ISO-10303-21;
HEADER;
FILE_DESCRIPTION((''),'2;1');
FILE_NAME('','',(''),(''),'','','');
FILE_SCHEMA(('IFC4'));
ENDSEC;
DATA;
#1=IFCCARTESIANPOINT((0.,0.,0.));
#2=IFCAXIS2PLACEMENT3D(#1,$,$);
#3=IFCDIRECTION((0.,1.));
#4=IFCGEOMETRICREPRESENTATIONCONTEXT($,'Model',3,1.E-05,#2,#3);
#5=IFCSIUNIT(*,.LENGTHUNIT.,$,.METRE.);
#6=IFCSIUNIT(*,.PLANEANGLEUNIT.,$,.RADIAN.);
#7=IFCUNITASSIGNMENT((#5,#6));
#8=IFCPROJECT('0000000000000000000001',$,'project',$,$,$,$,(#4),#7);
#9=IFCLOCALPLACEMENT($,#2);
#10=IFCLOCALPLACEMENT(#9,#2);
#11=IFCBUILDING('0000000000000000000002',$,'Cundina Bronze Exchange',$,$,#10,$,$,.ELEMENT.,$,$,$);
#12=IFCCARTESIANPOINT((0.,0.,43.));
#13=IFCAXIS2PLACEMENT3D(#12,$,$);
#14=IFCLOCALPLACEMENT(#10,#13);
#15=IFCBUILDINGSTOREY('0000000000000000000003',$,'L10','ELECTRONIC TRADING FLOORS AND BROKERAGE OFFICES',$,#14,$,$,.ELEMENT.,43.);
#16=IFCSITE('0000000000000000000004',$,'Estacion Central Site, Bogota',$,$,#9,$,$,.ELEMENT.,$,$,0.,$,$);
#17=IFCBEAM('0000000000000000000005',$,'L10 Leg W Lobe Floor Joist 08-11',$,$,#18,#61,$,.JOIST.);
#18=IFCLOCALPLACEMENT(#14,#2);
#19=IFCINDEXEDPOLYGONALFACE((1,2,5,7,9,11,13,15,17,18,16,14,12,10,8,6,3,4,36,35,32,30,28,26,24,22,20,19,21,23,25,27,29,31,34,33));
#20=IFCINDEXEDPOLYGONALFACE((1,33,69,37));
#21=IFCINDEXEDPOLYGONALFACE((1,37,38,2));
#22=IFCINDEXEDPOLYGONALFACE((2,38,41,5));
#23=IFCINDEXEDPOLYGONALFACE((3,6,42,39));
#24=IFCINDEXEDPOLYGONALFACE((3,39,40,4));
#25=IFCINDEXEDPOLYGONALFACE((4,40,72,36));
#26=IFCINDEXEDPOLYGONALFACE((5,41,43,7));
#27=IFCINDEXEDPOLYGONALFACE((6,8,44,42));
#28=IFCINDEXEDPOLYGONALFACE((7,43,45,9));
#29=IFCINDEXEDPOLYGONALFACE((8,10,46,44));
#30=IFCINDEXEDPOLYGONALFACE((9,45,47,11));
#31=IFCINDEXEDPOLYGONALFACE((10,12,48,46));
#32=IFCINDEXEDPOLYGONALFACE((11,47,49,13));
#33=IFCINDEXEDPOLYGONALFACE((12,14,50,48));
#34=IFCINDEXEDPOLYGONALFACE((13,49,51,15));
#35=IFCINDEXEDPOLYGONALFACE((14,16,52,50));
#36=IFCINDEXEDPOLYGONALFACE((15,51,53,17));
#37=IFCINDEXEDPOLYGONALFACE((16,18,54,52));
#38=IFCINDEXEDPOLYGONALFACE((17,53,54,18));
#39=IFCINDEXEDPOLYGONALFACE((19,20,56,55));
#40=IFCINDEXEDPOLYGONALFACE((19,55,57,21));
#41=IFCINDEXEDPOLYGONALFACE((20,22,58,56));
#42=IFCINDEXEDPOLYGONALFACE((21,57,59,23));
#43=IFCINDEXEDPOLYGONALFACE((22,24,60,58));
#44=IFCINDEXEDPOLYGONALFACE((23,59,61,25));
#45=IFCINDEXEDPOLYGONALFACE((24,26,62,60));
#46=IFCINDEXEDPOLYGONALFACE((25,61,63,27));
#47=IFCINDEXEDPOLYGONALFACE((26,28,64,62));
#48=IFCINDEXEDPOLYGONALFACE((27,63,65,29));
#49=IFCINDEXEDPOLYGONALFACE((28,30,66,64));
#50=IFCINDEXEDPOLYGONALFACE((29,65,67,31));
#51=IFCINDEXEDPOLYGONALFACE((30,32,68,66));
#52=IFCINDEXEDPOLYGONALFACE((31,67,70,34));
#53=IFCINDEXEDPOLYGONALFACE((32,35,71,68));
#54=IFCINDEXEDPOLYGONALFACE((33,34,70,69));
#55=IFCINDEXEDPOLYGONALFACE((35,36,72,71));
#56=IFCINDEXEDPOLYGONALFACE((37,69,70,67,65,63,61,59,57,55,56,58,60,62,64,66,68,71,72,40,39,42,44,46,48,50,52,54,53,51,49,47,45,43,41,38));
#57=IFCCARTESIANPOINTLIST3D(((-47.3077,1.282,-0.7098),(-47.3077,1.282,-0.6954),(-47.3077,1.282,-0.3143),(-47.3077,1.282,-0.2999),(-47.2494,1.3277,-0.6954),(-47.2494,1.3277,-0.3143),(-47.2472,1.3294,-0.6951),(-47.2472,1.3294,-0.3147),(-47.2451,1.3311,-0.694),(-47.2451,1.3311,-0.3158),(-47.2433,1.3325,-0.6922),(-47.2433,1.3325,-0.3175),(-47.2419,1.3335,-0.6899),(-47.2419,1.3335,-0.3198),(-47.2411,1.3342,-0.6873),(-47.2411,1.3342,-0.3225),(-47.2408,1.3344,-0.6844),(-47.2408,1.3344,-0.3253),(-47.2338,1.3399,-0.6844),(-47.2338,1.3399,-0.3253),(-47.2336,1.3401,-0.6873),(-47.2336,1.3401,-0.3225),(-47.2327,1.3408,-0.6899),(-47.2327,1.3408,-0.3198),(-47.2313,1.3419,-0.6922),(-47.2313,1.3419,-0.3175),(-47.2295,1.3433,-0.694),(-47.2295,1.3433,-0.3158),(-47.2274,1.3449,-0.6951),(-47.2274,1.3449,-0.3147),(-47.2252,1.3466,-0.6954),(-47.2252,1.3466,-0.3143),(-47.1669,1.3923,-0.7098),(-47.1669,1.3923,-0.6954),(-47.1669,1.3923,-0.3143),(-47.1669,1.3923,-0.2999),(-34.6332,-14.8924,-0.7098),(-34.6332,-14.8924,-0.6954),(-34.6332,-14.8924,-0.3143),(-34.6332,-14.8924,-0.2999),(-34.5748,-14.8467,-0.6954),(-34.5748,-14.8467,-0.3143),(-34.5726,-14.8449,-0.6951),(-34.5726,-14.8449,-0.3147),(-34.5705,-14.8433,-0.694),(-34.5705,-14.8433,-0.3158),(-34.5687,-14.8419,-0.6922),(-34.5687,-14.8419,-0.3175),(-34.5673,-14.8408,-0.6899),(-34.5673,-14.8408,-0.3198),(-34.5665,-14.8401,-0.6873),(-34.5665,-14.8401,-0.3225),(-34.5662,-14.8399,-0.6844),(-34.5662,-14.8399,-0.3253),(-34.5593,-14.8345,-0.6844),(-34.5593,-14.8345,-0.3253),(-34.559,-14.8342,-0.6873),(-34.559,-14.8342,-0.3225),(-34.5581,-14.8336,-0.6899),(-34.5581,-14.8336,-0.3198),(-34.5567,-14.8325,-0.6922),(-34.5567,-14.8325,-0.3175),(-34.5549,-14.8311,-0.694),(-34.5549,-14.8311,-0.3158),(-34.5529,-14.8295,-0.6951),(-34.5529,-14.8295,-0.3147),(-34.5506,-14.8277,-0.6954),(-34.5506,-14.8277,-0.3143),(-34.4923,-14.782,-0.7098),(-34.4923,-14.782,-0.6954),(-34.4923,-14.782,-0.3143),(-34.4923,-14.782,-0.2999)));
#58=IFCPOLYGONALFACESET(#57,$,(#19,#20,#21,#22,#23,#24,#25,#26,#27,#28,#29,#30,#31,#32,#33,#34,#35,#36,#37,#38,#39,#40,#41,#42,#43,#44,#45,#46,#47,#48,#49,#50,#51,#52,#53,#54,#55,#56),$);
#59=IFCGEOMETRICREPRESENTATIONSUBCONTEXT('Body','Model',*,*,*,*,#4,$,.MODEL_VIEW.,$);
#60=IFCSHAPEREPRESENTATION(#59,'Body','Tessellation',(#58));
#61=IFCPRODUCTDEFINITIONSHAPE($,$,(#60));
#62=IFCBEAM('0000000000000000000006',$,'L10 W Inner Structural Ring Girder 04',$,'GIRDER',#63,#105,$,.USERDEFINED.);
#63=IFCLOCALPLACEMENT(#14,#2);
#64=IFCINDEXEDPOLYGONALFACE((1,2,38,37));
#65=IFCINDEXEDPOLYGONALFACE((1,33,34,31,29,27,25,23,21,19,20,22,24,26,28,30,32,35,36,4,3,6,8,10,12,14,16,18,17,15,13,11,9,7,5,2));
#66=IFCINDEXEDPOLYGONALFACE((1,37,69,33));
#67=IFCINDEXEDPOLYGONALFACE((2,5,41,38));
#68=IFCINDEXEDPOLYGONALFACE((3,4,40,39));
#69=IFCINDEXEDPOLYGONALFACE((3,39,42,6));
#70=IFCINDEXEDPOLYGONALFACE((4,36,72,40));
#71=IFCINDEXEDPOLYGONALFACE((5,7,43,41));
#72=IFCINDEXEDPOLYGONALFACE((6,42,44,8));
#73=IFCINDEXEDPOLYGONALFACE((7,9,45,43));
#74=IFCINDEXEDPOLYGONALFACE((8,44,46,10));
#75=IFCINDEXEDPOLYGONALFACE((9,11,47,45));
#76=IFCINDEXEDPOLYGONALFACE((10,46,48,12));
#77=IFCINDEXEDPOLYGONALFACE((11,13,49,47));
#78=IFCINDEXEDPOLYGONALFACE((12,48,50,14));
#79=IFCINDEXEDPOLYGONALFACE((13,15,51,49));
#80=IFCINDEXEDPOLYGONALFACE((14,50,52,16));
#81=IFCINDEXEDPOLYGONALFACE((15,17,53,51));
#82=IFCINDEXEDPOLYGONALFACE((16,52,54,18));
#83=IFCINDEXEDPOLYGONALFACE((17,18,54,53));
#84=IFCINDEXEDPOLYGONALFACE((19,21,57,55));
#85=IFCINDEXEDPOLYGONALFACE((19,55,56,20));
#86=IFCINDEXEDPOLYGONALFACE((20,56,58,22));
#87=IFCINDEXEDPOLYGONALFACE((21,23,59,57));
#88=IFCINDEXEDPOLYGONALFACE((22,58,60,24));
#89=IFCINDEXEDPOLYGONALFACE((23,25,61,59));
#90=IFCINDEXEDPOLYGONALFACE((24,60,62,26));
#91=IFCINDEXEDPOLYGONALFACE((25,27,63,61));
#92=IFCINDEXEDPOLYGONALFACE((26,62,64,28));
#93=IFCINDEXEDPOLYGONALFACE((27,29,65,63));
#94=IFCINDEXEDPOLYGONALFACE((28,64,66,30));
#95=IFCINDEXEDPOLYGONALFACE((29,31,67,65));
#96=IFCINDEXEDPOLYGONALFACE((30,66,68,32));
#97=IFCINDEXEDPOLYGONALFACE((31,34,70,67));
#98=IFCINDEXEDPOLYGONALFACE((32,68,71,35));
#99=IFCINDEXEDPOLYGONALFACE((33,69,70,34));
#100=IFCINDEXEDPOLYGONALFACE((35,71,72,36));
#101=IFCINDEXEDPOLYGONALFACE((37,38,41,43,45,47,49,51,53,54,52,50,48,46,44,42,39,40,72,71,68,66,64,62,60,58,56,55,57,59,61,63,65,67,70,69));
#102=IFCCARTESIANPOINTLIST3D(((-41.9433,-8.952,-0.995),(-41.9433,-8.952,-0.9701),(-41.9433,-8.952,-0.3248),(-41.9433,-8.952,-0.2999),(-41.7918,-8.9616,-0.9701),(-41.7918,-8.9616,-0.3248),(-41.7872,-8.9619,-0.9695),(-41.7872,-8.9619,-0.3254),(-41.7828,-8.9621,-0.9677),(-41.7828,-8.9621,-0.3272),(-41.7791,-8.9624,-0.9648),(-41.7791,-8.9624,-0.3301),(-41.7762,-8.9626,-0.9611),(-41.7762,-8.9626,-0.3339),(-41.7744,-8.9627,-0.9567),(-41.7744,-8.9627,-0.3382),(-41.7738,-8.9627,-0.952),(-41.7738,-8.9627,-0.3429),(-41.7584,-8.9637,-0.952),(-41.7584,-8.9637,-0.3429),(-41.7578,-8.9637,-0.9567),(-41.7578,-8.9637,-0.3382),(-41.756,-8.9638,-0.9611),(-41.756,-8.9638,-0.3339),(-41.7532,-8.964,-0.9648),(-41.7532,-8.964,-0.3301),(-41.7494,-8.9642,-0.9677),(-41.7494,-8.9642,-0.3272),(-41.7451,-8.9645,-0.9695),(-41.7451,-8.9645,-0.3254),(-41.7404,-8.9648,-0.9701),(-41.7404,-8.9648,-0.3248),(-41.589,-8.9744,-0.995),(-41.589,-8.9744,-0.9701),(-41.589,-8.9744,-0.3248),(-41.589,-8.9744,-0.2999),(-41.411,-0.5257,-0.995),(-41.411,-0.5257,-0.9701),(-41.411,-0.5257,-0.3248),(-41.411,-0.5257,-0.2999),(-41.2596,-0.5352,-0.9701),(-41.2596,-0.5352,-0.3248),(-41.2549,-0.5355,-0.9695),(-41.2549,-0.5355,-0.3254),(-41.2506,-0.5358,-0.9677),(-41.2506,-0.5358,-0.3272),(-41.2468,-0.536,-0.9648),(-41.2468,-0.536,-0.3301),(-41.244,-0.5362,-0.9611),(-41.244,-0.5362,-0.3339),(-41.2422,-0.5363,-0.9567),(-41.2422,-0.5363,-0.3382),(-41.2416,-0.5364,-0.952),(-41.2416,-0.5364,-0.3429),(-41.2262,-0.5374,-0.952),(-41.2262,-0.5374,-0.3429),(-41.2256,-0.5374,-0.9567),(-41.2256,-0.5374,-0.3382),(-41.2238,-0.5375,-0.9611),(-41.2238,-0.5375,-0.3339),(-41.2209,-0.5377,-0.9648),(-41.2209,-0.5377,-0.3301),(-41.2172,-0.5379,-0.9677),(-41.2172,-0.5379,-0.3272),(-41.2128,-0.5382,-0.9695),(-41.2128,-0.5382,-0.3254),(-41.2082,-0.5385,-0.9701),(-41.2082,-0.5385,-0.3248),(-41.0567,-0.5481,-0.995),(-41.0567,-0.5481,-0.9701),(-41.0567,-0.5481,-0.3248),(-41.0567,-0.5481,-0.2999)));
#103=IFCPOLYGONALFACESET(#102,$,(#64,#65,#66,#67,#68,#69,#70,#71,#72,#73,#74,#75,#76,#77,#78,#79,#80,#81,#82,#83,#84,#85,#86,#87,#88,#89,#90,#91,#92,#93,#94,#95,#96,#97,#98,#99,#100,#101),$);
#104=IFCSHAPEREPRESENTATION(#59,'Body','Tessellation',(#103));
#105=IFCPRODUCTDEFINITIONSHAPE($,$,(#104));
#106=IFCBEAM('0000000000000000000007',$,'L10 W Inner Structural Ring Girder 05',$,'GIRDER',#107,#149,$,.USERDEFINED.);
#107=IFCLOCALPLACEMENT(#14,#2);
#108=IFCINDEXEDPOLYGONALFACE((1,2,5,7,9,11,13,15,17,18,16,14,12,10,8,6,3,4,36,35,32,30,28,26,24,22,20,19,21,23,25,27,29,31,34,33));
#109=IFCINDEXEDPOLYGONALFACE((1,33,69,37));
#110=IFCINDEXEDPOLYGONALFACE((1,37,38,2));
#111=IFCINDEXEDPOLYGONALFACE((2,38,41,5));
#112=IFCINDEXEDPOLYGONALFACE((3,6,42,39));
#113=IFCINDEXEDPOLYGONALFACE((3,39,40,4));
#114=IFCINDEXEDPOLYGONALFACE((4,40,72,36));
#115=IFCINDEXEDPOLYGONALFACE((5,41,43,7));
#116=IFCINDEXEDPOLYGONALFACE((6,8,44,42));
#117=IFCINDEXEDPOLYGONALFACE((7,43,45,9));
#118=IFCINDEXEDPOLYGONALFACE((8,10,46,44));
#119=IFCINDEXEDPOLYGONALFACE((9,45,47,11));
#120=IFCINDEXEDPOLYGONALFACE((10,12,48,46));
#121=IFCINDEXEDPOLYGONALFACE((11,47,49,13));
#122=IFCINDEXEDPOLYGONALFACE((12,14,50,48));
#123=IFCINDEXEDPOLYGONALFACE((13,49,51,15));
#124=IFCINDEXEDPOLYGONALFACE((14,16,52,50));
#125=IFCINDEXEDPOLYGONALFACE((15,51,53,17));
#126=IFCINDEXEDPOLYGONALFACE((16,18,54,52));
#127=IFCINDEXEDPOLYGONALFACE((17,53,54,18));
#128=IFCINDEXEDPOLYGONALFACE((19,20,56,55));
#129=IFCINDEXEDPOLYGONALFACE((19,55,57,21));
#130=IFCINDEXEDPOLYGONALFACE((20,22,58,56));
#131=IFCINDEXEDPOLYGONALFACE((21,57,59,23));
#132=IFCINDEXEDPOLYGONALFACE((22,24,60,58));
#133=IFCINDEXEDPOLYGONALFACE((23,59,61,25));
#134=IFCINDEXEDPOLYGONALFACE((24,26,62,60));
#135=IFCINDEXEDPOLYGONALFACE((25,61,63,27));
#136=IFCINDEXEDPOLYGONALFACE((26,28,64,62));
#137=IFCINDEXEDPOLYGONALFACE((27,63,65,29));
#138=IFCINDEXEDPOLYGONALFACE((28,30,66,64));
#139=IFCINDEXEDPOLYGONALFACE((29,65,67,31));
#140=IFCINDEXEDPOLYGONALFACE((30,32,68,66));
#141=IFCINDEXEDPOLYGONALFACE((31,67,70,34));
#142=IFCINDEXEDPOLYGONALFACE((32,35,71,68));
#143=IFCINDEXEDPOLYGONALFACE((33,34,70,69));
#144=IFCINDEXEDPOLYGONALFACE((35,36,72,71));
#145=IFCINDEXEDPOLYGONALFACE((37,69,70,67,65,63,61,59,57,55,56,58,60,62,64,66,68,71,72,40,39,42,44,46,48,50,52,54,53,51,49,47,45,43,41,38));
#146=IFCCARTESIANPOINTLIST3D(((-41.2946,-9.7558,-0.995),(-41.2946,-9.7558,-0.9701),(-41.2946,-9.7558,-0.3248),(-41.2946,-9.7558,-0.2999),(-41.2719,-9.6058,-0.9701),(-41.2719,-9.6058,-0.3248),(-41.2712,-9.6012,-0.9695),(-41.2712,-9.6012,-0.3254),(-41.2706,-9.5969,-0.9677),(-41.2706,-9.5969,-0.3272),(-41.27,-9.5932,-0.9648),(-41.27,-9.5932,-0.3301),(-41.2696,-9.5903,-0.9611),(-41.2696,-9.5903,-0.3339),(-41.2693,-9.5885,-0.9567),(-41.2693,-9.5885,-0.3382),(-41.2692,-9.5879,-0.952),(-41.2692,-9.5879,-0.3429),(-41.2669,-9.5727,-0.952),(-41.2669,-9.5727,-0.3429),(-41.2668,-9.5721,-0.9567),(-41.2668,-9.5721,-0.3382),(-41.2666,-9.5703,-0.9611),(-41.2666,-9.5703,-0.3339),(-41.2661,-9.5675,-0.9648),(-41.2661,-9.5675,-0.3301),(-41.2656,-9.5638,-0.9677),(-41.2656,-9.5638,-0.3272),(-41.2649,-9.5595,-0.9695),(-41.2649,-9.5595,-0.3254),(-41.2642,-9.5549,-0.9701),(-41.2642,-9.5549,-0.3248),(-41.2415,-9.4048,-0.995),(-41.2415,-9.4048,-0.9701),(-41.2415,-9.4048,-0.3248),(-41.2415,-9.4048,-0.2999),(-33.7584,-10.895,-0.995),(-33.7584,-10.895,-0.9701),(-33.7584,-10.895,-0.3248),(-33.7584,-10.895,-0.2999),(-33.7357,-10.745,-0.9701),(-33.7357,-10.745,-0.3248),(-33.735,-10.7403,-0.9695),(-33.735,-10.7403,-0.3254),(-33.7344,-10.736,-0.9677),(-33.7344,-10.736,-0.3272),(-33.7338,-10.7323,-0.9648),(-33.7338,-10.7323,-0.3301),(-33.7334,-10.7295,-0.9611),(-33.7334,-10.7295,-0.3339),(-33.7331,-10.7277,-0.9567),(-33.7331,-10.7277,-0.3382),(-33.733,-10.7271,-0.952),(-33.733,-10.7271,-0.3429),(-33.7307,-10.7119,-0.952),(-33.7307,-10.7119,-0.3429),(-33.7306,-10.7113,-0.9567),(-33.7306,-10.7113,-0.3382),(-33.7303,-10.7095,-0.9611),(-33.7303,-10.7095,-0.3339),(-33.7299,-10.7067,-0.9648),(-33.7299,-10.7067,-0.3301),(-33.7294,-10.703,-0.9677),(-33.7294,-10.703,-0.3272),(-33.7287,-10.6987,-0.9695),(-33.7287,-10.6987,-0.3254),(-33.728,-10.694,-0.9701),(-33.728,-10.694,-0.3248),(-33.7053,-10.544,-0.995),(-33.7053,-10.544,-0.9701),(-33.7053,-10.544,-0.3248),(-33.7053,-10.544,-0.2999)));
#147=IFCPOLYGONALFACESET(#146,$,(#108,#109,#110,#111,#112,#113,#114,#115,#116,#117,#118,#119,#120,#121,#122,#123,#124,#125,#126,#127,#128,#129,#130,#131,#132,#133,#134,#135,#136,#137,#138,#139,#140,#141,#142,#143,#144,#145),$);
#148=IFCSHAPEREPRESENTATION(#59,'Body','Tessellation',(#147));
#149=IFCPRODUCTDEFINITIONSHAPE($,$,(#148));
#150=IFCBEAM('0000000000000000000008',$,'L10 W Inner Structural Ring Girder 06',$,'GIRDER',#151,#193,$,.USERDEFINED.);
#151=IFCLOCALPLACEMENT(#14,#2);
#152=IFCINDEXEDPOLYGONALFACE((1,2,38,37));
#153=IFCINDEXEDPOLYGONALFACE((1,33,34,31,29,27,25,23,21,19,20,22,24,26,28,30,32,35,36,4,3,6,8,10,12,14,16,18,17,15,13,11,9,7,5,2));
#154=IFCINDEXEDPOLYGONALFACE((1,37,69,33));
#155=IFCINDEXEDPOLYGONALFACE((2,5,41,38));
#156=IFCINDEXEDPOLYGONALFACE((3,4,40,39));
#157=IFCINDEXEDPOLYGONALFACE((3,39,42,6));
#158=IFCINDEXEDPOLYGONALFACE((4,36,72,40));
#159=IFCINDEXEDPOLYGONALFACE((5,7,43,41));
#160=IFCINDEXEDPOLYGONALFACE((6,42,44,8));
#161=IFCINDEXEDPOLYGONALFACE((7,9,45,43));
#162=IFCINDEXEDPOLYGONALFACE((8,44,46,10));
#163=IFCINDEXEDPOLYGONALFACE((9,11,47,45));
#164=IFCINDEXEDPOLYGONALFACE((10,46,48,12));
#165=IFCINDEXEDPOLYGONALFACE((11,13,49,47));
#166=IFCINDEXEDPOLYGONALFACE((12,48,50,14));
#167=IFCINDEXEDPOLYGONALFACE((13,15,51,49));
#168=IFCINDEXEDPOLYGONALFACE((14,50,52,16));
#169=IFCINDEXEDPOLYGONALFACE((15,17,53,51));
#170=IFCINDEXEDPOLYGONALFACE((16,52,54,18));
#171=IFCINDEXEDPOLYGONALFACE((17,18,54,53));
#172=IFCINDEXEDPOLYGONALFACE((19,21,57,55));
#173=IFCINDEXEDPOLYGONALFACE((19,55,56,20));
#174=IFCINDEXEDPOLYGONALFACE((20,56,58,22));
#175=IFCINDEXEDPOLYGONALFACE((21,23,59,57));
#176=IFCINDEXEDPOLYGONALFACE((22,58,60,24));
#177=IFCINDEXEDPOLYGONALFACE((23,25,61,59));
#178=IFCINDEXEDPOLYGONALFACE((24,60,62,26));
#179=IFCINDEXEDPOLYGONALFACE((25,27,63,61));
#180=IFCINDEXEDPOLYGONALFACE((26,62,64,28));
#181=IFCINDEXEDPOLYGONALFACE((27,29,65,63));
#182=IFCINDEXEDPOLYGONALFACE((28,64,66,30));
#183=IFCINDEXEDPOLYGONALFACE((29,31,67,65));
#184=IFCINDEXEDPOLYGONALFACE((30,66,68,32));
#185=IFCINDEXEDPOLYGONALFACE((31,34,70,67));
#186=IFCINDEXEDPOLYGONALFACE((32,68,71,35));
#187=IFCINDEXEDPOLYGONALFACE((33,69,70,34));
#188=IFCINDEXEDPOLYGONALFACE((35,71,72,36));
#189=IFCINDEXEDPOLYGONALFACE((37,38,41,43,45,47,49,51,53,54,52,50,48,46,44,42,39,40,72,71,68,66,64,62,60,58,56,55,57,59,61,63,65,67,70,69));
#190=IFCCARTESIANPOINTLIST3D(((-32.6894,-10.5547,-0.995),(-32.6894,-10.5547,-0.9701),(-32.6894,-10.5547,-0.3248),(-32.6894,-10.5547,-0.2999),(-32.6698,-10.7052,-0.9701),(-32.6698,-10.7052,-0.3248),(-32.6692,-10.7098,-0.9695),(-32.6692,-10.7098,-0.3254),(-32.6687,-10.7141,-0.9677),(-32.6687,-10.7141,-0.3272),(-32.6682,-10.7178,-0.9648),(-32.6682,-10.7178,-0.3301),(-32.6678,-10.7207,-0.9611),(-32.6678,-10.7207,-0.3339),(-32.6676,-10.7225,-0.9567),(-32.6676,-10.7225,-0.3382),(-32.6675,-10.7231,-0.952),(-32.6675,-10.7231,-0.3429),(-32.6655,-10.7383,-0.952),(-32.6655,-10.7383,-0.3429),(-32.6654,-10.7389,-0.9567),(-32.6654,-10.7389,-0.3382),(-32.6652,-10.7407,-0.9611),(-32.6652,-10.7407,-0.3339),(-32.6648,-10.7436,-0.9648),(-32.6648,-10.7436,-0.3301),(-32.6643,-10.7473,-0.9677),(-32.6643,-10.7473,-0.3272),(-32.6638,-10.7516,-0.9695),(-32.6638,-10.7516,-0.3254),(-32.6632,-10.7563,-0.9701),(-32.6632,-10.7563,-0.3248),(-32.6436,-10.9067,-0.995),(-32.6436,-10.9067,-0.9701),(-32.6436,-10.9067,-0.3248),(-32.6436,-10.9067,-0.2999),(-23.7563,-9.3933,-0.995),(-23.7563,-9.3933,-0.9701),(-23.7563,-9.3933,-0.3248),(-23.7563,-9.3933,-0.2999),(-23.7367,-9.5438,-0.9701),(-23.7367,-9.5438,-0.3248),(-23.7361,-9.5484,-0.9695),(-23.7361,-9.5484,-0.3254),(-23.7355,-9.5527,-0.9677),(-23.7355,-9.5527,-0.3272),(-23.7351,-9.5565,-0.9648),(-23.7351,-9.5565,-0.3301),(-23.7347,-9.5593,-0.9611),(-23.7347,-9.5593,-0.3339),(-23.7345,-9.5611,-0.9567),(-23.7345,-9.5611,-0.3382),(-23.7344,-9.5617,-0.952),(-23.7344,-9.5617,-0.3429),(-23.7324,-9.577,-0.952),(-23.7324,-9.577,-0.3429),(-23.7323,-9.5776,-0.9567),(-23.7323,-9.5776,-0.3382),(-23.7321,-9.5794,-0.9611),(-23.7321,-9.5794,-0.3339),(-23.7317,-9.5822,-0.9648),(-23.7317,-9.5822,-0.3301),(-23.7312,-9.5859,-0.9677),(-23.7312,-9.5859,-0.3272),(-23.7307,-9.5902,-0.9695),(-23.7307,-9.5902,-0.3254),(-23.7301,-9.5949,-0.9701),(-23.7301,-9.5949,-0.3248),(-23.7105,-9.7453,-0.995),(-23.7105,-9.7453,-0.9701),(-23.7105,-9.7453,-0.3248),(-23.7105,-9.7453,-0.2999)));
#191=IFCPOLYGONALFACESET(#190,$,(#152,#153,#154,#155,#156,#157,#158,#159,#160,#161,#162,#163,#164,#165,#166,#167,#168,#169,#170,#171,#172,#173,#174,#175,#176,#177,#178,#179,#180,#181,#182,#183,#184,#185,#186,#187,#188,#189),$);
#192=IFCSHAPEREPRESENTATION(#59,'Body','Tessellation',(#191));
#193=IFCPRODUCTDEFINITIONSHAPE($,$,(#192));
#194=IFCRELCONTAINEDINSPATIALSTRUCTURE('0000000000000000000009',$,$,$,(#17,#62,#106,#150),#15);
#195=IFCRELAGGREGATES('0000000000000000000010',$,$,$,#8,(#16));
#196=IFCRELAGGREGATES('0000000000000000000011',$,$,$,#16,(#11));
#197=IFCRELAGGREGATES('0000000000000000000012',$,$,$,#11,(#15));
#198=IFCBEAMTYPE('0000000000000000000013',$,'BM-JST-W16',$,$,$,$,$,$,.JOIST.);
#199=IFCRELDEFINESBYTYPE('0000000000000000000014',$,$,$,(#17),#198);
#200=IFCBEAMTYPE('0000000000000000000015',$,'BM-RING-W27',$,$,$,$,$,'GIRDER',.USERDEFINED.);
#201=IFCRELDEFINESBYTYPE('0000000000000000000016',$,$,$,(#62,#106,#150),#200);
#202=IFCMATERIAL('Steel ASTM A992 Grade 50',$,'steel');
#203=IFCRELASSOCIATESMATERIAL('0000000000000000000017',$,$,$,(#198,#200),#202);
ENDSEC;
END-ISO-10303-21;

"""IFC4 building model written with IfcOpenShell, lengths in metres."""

from ifc_helpers import new_model, si_unit, direction, frame, origin, origin_2d, place, context, subcontext, project, spatial, i_section, extrude, material, material_profile, profile_set, type_object, element, save


model = new_model("IFC4")

# Units and contexts
model_context = context("Model", 3, precision=1e-05, world=origin(), true_north=direction((0.0, 1.0)))
body_context = subcontext(model_context, "Body", "Model", "MODEL_VIEW")
ifc_project = project(units=[si_unit("LENGTHUNIT", "METRE"), si_unit("PLANEANGLEUNIT", "RADIAN")], contexts=[model_context])

# Site, building, storey
site_placement = place(None, origin())
site = spatial("IfcSite", under=ifc_project, at=site_placement, Name="Estacion Central Site, Bogota", CompositionType="ELEMENT", RefElevation=0.0)
building_placement = place(site_placement, origin())
building = spatial("IfcBuilding", under=site, at=building_placement, Name="Cundina Bronze Exchange", CompositionType="ELEMENT")
storey_placement = place(building_placement, frame((0.0, 0.0, 43.0)))
storey = spatial("IfcBuildingStorey", under=building, at=storey_placement, Name="L10", Description="ELECTRONIC TRADING FLOORS AND BROKERAGE OFFICES", CompositionType="ELEMENT", Elevation=43.0)

# Beams
ifc_material_1 = material(Name="Steel ASTM A992 Grade 50", Category="steel")
ifc_material_profile_1 = material_profile(ifc_material_1, i_section(OverallWidth=0.179, OverallDepth=0.4099, WebThickness=0.0088, FlangeThickness=0.0144, FilletRadius=0.011, at=origin_2d()), Name="W16X45", Category="steel")
ifc_profile_set_1 = profile_set([ifc_material_profile_1], Name="Steel ASTM A992 Grade 50")
beam_type_1 = type_object("IfcBeamType", Name="BM-JST-W16", PredefinedType="JOIST", material=ifc_profile_set_1)
beam_1_placement = place(storey_placement, frame((-47.2373, 1.3372, -0.5049), z_axis=(0.616803, -0.787117, 0.0), x_axis=(0.787117, 0.616803, 0.0)))
element("IfcBeam", 1, at=beam_1_placement, inside=storey, type_object=beam_type_1, Name="L10 Leg W Lobe Floor Joist 08-11", PredefinedType="JOIST", context=body_context, shape_type="SweptSolid", body=[
    extrude(i_section(OverallWidth=0.179, OverallDepth=0.4099, WebThickness=0.0088, FlangeThickness=0.0144, FilletRadius=0.011, at=origin_2d()), origin(), (0.0, 0.0, 1.0), 20.5488),
])
ifc_material_profile_2 = material_profile(ifc_material_1, i_section(OverallWidth=0.355, OverallDepth=0.6951, WebThickness=0.0154, FlangeThickness=0.0249, FilletRadius=0.0181, at=origin_2d()), Name="W27X146", Category="steel")
ifc_profile_set_2 = profile_set([ifc_material_profile_2], Name="Steel ASTM A992 Grade 50")
beam_type_2 = type_object("IfcBeamType", Name="BM-RING-W27", ElementType="GIRDER", PredefinedType="USERDEFINED", material=ifc_profile_set_2)
beam_2_placement = place(storey_placement, frame((-41.2339, -0.5369, -0.6475), z_axis=(-0.063037, -0.998011, 0.0), x_axis=(0.998011, -0.063037, 0.0)))
element("IfcBeam", 2, at=beam_2_placement, inside=storey, type_object=beam_type_2, Name="L10 W Inner Structural Ring Girder 04", ObjectType="GIRDER", PredefinedType="USERDEFINED", context=body_context, shape_type="SweptSolid", body=[
    extrude(i_section(OverallWidth=0.355, OverallDepth=0.6951, WebThickness=0.0154, FlangeThickness=0.0249, FilletRadius=0.0181, at=origin_2d()), origin(), (0.0, 0.0, 1.0), 8.4431),
])
beam_3_placement = place(storey_placement, frame((-41.2681, -9.5803, -0.6475), z_axis=(0.988767, -0.149462, 0.0), x_axis=(0.149462, 0.988767, 0.0)))
element("IfcBeam", 3, at=beam_3_placement, inside=storey, type_object=beam_type_2, Name="L10 W Inner Structural Ring Girder 05", ObjectType="GIRDER", PredefinedType="USERDEFINED", context=body_context, shape_type="SweptSolid", body=[
    extrude(i_section(OverallWidth=0.355, OverallDepth=0.6951, WebThickness=0.0154, FlangeThickness=0.0249, FilletRadius=0.0181, at=origin_2d()), origin(), (0.0, 0.0, 1.0), 7.6218),
])
beam_4_placement = place(storey_placement, frame((-32.6665, -10.7307, -0.6475), z_axis=(0.991655, 0.128923, 0.0), x_axis=(-0.128923, 0.991655, 0.0)))
element("IfcBeam", 4, at=beam_4_placement, inside=storey, type_object=beam_type_2, Name="L10 W Inner Structural Ring Girder 06", ObjectType="GIRDER", PredefinedType="USERDEFINED", context=body_context, shape_type="SweptSolid", body=[
    extrude(i_section(OverallWidth=0.355, OverallDepth=0.6951, WebThickness=0.0154, FlangeThickness=0.0249, FilletRadius=0.0181, at=origin_2d()), origin(), (0.0, 0.0, 1.0), 9.0083),
])

save(model, "model.ifc")
